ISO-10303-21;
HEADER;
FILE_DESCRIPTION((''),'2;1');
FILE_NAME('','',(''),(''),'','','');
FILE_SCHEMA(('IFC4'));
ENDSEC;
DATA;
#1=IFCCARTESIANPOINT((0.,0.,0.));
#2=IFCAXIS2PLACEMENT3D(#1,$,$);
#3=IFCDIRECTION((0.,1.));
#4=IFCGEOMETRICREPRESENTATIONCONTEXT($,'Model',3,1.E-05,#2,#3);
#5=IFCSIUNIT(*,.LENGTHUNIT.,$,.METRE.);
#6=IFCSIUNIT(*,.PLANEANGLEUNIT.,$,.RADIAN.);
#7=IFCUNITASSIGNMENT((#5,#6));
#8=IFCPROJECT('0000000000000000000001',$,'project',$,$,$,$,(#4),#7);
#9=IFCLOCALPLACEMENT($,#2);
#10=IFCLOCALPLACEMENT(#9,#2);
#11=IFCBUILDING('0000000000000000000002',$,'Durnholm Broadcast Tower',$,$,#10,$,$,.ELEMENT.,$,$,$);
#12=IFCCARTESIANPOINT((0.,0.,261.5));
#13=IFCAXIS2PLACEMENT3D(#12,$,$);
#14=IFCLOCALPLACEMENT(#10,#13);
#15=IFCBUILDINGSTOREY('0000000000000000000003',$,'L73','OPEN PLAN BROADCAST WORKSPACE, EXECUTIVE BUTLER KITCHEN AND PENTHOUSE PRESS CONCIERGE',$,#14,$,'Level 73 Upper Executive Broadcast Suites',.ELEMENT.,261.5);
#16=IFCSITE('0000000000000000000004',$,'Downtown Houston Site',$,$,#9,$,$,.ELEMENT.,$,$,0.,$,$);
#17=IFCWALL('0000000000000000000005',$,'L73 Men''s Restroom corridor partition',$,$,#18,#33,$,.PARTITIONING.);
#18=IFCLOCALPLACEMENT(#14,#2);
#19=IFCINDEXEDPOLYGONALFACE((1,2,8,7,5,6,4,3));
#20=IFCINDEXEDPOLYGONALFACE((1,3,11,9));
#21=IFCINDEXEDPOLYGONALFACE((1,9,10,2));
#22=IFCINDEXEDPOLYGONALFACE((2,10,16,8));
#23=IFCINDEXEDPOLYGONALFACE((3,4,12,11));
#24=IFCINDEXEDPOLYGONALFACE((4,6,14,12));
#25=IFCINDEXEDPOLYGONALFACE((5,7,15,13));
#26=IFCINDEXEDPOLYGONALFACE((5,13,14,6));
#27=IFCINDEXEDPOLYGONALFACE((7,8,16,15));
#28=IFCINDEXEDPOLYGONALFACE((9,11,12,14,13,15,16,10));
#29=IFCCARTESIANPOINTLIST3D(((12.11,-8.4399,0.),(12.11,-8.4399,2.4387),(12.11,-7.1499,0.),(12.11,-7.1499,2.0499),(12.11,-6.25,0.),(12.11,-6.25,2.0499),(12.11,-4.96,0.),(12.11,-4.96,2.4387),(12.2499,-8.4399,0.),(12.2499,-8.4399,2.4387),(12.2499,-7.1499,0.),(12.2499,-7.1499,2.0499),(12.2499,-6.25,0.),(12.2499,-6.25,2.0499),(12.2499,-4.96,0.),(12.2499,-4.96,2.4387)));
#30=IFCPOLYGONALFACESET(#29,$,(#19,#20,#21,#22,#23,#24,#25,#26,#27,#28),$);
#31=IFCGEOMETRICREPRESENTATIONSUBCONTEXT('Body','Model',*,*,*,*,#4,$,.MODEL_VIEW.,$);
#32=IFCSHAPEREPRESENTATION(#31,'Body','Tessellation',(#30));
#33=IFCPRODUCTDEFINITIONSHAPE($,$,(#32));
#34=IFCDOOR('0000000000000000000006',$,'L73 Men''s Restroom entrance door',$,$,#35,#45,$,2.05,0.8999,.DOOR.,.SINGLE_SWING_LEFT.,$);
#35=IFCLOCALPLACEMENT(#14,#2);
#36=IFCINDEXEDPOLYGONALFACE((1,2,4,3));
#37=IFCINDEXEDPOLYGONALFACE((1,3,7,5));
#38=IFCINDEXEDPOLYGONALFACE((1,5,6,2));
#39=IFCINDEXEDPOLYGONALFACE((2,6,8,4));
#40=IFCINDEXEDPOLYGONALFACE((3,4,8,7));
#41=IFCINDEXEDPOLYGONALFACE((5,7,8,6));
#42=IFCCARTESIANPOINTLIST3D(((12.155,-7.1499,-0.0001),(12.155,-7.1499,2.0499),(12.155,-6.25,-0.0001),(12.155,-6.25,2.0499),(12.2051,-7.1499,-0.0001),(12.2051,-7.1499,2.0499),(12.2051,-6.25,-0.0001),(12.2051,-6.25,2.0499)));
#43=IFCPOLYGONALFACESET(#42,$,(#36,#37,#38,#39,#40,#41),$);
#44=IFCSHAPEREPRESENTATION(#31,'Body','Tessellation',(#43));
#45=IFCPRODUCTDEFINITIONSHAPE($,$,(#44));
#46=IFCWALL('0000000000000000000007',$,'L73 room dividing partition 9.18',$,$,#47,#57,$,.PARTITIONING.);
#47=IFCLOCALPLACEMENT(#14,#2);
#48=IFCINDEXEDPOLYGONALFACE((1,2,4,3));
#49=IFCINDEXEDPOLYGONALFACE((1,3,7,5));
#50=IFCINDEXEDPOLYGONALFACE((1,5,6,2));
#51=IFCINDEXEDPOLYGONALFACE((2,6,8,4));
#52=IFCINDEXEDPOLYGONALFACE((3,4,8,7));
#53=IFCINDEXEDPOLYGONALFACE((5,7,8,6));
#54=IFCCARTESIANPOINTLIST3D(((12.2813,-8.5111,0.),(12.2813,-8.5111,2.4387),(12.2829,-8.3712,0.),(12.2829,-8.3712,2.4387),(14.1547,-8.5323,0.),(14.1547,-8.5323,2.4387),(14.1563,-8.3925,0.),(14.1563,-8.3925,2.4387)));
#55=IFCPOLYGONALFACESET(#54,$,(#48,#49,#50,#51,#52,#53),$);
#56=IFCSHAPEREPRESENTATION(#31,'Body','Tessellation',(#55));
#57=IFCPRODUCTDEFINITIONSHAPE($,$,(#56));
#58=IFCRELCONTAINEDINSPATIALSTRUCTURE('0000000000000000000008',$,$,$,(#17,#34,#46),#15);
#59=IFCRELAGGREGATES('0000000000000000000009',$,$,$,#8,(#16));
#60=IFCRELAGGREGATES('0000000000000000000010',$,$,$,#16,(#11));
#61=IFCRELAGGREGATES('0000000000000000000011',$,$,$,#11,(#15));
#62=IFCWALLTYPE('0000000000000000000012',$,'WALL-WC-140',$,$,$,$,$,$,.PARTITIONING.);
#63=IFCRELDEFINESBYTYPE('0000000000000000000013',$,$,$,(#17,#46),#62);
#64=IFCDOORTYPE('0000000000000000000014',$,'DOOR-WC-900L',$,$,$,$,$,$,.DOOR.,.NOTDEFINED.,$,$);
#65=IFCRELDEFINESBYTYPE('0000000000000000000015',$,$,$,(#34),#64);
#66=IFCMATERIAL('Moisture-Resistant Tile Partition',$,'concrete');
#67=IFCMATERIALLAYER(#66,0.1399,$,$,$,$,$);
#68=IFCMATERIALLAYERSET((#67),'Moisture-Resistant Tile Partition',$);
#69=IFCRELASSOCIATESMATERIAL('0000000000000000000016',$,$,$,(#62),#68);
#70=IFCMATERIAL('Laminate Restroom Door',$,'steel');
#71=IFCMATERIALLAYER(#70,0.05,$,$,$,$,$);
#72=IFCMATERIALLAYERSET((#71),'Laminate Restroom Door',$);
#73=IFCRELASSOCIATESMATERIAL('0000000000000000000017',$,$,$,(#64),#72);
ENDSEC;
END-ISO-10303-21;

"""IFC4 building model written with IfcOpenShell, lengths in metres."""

from ifc_helpers import new_model, si_unit, direction, frame, frame_2d, origin, place, context, subcontext, project, spatial, rectangle, extrude, source, transform, mapped, material, layer, layer_set, type_object, type_shapes, element, fill, save


model = new_model("IFC4")

# Units and contexts
model_context = context("Model", 3, precision=1e-05, world=origin(), true_north=direction((0.0, 1.0)))
body_context = subcontext(model_context, "Body", "Model", "MODEL_VIEW")
ifc_project = project(units=[si_unit("LENGTHUNIT", "METRE"), si_unit("PLANEANGLEUNIT", "RADIAN")], contexts=[model_context])

# Site, building, storey
site_placement = place(None, origin())
site = spatial("IfcSite", under=ifc_project, at=site_placement, Name="Downtown Houston Site", CompositionType="ELEMENT", RefElevation=0.0)
building_placement = place(site_placement, origin())
building = spatial("IfcBuilding", under=site, at=building_placement, Name="Durnholm Broadcast Tower", CompositionType="ELEMENT")
storey_placement = place(building_placement, frame((0.0, 0.0, 261.5)))
storey = spatial("IfcBuildingStorey", under=building, at=storey_placement, Name="L73", Description="OPEN PLAN BROADCAST WORKSPACE, EXECUTIVE BUTLER KITCHEN AND PENTHOUSE PRESS CONCIERGE", LongName="Level 73 Upper Executive Broadcast Suites", CompositionType="ELEMENT", Elevation=261.5)

# Wall, opening, door
ifc_material_1 = material(Name="Moisture-Resistant Tile Partition", Category="concrete")
ifc_layer_1 = layer(ifc_material_1, 0.1399)
ifc_layer_set_1 = layer_set([ifc_layer_1], Name="Moisture-Resistant Tile Partition")
wall_type_1 = type_object("IfcWallType", Name="WALL-WC-140", PredefinedType="PARTITIONING", material=ifc_layer_set_1)
wall_1_placement = place(storey_placement, frame((12.1799, -8.4399, 0.0), z_axis=(0.0, 0.0, 1.0), x_axis=(0.0, 1.0, 0.0)))
wall_1 = element("IfcWall", 1, at=wall_1_placement, inside=storey, type_object=wall_type_1, Name="L73 Men's Restroom corridor partition", PredefinedType="PARTITIONING", context=body_context, shape_type="SweptSolid", body=[
    extrude(rectangle(XDim=3.48, YDim=0.1399, at=frame_2d((1.74, 0.0))), origin(), (0.0, 0.0, 1.0), 2.4387),
])
opening_1_placement = place(wall_1_placement, frame((1.29, 0.0, 0.0)))
opening_1 = element("IfcOpeningElement", 2, at=opening_1_placement, cuts=wall_1, PredefinedType="OPENING", context=body_context, shape_type="SweptSolid", body=[
    extrude(rectangle(XDim=0.8999, YDim=2.05, at=frame_2d((0.45, 1.0249))), frame((0.0, 0.0801, 0.0), z_axis=(0.0, -1.0, 0.0), x_axis=(1.0, 0.0, 0.0)), (0.0, 0.0, 1.0), 0.1599),
])
ifc_material_2 = material(Name="Laminate Restroom Door", Category="steel")
ifc_layer_2 = layer(ifc_material_2, 0.05)
ifc_layer_set_2 = layer_set([ifc_layer_2], Name="Laminate Restroom Door")
door_type_1 = type_object("IfcDoorType", Name="DOOR-WC-900L", OperationType="NOTDEFINED", PredefinedType="DOOR", material=ifc_layer_set_2)
shared_shape_1 = source(origin(), body_context, "Body", "SweptSolid", [
    extrude(rectangle(XDim=0.8999, YDim=2.05, at=frame_2d((0.45, 1.0249))), frame((0.0, 0.0249, 0.0), z_axis=(0.0, -1.0, 0.0), x_axis=(1.0, 0.0, 0.0)), (0.0, 0.0, 1.0), 0.05),
])
type_shapes(door_type_1, [shared_shape_1])
door_1_placement = place(opening_1_placement, origin())
door_1 = element("IfcDoor", 3, at=door_1_placement, inside=storey, type_object=door_type_1, Name="L73 Men's Restroom entrance door", OperationType="SINGLE_SWING_LEFT", OverallHeight=2.05, OverallWidth=0.8999, PredefinedType="DOOR", context=body_context, shape_type="MappedRepresentation", body=[
    mapped(shared_shape_1, transform((0.0, 0.0, 0.0), x_axis=(1.0, 0.0, 0.0), y_axis=(0.0, 1.0, 0.0), z_axis=(0.0, 0.0, 1.0), scale=1.0)),
])
fill(opening_1, door_1)

# Wall
wall_2_placement = place(storey_placement, frame((14.1555, -8.4624, 0.0), z_axis=(0.0, 0.0, 1.0), x_axis=(-0.999936, 0.011336, 0.0)))
element("IfcWall", 4, at=wall_2_placement, inside=storey, type_object=wall_type_1, Name="L73 room dividing partition 9.18", PredefinedType="PARTITIONING", context=body_context, shape_type="SweptSolid", body=[
    extrude(rectangle(XDim=1.8735, YDim=0.1399, at=frame_2d((0.9368, 0.0))), origin(), (0.0, 0.0, 1.0), 2.4387),
])

save(model, "model.ifc")
